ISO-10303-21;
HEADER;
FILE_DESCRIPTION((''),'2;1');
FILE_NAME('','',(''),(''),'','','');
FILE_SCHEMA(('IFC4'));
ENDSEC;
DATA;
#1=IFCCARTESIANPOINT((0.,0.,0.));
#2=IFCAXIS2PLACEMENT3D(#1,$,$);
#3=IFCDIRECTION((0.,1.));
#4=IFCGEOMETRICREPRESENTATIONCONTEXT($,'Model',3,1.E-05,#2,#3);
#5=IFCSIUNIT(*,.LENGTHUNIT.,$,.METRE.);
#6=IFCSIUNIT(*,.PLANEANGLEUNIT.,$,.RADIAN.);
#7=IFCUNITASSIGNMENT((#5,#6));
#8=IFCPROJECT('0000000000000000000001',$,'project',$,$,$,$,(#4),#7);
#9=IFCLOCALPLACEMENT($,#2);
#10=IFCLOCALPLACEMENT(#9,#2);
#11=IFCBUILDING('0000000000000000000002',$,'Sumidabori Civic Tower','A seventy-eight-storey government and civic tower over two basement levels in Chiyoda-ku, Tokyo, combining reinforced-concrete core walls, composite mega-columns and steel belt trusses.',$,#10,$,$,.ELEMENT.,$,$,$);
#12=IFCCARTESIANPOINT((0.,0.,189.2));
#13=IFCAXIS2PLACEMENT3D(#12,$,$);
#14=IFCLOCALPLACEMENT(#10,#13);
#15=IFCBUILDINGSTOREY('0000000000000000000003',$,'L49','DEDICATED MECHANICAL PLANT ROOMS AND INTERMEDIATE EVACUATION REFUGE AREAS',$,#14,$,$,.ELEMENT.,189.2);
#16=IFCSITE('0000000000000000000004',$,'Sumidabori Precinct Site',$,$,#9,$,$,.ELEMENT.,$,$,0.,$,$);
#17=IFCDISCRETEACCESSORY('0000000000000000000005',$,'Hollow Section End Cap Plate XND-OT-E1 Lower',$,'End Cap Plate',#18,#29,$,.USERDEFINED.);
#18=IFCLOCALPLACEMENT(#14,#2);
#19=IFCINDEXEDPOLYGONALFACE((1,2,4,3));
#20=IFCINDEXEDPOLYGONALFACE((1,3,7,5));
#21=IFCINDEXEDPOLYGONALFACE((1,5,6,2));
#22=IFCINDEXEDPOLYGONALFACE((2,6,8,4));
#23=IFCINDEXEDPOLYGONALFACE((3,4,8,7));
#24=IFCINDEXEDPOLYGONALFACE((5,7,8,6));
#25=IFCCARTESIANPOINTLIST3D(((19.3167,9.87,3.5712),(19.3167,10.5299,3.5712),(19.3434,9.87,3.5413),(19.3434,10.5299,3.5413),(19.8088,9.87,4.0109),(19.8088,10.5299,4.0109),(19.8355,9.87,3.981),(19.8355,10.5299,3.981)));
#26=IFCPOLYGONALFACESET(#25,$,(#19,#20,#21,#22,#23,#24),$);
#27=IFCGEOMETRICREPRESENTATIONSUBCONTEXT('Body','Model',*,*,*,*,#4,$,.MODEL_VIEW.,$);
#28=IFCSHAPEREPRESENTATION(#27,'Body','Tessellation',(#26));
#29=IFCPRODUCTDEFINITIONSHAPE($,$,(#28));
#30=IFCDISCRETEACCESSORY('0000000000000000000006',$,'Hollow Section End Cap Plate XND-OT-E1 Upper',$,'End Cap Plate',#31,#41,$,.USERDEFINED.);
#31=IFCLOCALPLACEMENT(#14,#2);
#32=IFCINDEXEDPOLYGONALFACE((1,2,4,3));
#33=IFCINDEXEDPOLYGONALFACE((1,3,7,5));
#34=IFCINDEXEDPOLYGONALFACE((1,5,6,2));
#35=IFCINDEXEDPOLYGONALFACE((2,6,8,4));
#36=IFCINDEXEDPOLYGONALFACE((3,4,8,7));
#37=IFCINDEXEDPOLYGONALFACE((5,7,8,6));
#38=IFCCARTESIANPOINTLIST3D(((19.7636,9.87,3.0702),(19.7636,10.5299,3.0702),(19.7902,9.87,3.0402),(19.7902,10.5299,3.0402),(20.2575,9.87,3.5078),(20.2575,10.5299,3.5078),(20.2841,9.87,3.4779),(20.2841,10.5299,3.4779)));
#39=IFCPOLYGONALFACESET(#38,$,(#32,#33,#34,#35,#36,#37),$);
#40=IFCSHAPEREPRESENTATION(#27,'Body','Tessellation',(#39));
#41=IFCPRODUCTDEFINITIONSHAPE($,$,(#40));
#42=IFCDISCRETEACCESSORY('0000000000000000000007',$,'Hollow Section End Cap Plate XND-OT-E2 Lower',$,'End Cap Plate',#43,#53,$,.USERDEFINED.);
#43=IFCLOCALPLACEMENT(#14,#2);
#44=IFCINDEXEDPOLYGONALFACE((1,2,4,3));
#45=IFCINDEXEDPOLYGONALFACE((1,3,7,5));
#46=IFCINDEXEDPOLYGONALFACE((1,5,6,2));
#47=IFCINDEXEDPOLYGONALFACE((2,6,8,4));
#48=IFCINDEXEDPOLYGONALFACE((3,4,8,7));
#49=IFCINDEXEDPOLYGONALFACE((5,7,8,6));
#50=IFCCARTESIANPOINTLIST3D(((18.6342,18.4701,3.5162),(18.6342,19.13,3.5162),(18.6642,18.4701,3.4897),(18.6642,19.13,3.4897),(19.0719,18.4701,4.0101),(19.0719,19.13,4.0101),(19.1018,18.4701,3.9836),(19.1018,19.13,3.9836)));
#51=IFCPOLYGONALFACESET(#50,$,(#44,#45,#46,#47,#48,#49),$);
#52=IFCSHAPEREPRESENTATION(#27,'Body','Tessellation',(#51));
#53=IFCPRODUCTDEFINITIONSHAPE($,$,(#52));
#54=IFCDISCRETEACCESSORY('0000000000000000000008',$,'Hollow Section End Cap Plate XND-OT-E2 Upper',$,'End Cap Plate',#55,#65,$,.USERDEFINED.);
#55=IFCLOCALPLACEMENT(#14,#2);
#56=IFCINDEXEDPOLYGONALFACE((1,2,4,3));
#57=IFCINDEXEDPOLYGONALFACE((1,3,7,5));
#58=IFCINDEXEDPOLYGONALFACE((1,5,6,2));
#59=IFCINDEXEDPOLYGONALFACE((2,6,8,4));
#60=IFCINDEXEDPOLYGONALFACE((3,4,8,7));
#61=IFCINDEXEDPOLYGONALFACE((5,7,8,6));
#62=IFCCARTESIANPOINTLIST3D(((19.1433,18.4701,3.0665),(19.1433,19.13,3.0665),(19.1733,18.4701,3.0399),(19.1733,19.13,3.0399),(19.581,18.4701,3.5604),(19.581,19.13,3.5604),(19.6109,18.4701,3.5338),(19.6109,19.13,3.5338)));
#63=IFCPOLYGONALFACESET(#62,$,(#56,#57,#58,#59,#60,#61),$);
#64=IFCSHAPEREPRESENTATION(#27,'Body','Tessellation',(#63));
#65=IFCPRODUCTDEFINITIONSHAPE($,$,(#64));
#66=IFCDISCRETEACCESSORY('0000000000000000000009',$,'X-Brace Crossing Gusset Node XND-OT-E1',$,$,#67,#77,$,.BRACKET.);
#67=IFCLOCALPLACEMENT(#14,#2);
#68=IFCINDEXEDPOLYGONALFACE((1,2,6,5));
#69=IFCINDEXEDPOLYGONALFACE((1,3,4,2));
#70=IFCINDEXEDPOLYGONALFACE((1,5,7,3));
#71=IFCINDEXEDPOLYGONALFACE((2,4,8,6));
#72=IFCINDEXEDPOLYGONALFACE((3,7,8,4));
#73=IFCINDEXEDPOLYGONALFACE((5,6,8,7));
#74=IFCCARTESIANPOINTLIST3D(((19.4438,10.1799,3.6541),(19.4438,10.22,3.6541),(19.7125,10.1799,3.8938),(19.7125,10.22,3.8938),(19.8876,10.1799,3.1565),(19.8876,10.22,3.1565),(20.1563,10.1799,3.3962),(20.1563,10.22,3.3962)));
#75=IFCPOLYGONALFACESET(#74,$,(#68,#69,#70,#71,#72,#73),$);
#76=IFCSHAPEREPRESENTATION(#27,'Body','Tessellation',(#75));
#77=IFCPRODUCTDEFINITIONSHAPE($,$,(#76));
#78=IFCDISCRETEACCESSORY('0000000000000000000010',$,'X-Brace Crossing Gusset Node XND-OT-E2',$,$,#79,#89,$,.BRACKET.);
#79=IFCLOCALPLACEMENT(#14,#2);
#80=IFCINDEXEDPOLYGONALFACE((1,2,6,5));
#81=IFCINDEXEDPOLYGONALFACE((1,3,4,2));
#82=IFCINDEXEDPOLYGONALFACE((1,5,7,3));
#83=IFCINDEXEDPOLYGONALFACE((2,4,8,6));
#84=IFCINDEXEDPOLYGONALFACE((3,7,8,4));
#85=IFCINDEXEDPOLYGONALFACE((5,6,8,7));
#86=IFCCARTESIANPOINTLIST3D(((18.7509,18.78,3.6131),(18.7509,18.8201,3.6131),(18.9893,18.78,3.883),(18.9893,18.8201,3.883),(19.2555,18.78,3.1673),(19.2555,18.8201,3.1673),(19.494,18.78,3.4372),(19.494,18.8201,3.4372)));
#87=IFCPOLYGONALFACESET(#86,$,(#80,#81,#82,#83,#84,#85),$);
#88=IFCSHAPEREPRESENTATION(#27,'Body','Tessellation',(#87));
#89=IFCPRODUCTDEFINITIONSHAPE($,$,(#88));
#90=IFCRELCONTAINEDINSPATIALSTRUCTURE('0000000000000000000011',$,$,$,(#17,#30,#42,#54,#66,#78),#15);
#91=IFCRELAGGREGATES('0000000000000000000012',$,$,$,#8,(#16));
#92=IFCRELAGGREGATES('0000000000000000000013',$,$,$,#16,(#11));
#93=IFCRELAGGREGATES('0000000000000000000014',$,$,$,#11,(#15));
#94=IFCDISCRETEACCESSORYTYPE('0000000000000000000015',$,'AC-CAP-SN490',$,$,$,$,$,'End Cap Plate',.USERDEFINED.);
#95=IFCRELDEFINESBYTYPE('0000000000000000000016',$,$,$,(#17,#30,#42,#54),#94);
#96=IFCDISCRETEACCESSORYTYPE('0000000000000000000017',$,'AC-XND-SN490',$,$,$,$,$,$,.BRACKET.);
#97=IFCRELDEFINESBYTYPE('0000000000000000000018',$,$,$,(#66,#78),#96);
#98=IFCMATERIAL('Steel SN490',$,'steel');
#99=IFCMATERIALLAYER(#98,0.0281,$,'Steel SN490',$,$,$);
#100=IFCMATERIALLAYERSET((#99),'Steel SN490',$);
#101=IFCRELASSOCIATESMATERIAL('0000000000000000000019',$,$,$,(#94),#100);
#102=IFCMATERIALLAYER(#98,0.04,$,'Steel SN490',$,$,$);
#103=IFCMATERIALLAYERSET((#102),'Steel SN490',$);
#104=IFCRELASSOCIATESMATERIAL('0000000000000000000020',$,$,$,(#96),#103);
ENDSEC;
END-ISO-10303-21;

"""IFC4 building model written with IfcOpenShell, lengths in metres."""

from ifc_helpers import new_model, si_unit, direction, frame, origin, origin_2d, place, context, subcontext, project, spatial, rectangle, extrude, source, transform, mapped, material, layer, layer_set, type_object, element, save


model = new_model("IFC4")

# Units and contexts
model_context = context("Model", 3, precision=1e-05, world=origin(), true_north=direction((0.0, 1.0)))
body_context = subcontext(model_context, "Body", "Model", "MODEL_VIEW")
ifc_project = project(units=[si_unit("LENGTHUNIT", "METRE"), si_unit("PLANEANGLEUNIT", "RADIAN")], contexts=[model_context])

# Site, building, storey
site_placement = place(None, origin())
site = spatial("IfcSite", under=ifc_project, at=site_placement, Name="Sumidabori Precinct Site", CompositionType="ELEMENT", RefElevation=0.0)
building_placement = place(site_placement, origin())
building = spatial("IfcBuilding", under=site, at=building_placement, Name="Sumidabori Civic Tower", Description="A seventy-eight-storey government and civic tower over two basement levels in Chiyoda-ku, Tokyo, combining reinforced-concrete core walls, composite mega-columns and steel belt trusses.", CompositionType="ELEMENT")
storey_placement = place(building_placement, frame((0.0, 0.0, 189.2)))
storey = spatial("IfcBuildingStorey", under=building, at=storey_placement, Name="L49", Description="DEDICATED MECHANICAL PLANT ROOMS AND INTERMEDIATE EVACUATION REFUGE AREAS", CompositionType="ELEMENT", Elevation=189.2)

# Shared definitions
ifc_material_1 = material(Name="Steel SN490", Category="steel")

# Discrete accessories
ifc_layer_1 = layer(ifc_material_1, 0.0281, Name="Steel SN490")
ifc_layer_set_1 = layer_set([ifc_layer_1], Name="Steel SN490")
discrete_accessory_type_1 = type_object("IfcDiscreteAccessoryType", Name="AC-CAP-SN490", ElementType="End Cap Plate", PredefinedType="USERDEFINED", material=ifc_layer_set_1)
shared_shape_1 = source(origin(), body_context, "Body", "SweptSolid", [
    extrude(rectangle(XDim=0.6599, YDim=0.6599, at=origin_2d()), origin(), (0.0, 0.0, 1.0), 0.04),
])
for number, where, z_axis, x_axis, name in (
    (1, (19.5627, 10.2, 3.791), (0.666259, 0.0, -0.745721), (0.0, 1.0, 0.0), "Hollow Section End Cap Plate XND-OT-E1 Lower"),
    (2, (20.0371, 10.2, 3.259), (-0.66323, 0.0, 0.748416), (0.0, -1.0, 0.0), "Hollow Section End Cap Plate XND-OT-E1 Upper"),
    (3, (18.853, 18.8, 3.7632), (0.748416, 0.0, -0.66323), (0.0, 1.0, 0.0), "Hollow Section End Cap Plate XND-OT-E2 Lower"),
    (4, (19.3921, 18.8, 3.2869), (-0.748416, 0.0, 0.66323), (0.0, -1.0, 0.0), "Hollow Section End Cap Plate XND-OT-E2 Upper"),
):
    element("IfcDiscreteAccessory", number, at=place(storey_placement, frame(where, z_axis=z_axis, x_axis=x_axis)), inside=storey, type_object=discrete_accessory_type_1, Name=name, ObjectType="End Cap Plate", PredefinedType="USERDEFINED", context=body_context, shape_type="MappedRepresentation", body=[
        mapped(shared_shape_1, transform((0.0, 0.0, 0.0), x_axis=(1.0, 0.0, 0.0), y_axis=(0.0, 1.0, 0.0), z_axis=(0.0, 0.0, 1.0), scale=1.0)),
    ])
ifc_layer_2 = layer(ifc_material_1, 0.04, Name="Steel SN490")
ifc_layer_set_2 = layer_set([ifc_layer_2], Name="Steel SN490")
discrete_accessory_type_2 = type_object("IfcDiscreteAccessoryType", Name="AC-XND-SN490", PredefinedType="BRACKET", material=ifc_layer_set_2)
shared_shape_2 = source(origin(), body_context, "Body", "SweptSolid", [
    extrude(rectangle(XDim=0.04, YDim=0.3601, at=origin_2d()), origin(), (0.0, 0.0, 1.0), 0.6667),
])
discrete_accessory_1_placement = place(storey_placement, frame((19.5781, 10.2, 3.7739), z_axis=(0.665681, 0.0, -0.746236), x_axis=(0.0, 1.0, 0.0)))
element("IfcDiscreteAccessory", 5, at=discrete_accessory_1_placement, inside=storey, type_object=discrete_accessory_type_2, Name="X-Brace Crossing Gusset Node XND-OT-E1", PredefinedType="BRACKET", context=body_context, shape_type="MappedRepresentation", body=[
    mapped(shared_shape_2, transform((0.0, 0.0, 0.0), x_axis=(1.0, 0.0, 0.0), y_axis=(0.0, 1.0, 0.0), z_axis=(0.0, 0.0, 1.0), scale=1.0)),
])
shared_shape_3 = source(origin(), body_context, "Body", "SweptSolid", [
    extrude(rectangle(XDim=0.04, YDim=0.3601, at=origin_2d()), origin(), (0.0, 0.0, 1.0), 0.6733),
])
discrete_accessory_2_placement = place(storey_placement, frame((18.8701, 18.8, 3.748), z_axis=(0.749446, 0.0, -0.662065), x_axis=(0.0, 1.0, 0.0)))
element("IfcDiscreteAccessory", 6, at=discrete_accessory_2_placement, inside=storey, type_object=discrete_accessory_type_2, Name="X-Brace Crossing Gusset Node XND-OT-E2", PredefinedType="BRACKET", context=body_context, shape_type="MappedRepresentation", body=[
    mapped(shared_shape_3, transform((0.0, 0.0, 0.0), x_axis=(1.0, 0.0, 0.0), y_axis=(0.0, 1.0, 0.0), z_axis=(0.0, 0.0, 1.0), scale=1.0)),
])

save(model, "model.ifc")
